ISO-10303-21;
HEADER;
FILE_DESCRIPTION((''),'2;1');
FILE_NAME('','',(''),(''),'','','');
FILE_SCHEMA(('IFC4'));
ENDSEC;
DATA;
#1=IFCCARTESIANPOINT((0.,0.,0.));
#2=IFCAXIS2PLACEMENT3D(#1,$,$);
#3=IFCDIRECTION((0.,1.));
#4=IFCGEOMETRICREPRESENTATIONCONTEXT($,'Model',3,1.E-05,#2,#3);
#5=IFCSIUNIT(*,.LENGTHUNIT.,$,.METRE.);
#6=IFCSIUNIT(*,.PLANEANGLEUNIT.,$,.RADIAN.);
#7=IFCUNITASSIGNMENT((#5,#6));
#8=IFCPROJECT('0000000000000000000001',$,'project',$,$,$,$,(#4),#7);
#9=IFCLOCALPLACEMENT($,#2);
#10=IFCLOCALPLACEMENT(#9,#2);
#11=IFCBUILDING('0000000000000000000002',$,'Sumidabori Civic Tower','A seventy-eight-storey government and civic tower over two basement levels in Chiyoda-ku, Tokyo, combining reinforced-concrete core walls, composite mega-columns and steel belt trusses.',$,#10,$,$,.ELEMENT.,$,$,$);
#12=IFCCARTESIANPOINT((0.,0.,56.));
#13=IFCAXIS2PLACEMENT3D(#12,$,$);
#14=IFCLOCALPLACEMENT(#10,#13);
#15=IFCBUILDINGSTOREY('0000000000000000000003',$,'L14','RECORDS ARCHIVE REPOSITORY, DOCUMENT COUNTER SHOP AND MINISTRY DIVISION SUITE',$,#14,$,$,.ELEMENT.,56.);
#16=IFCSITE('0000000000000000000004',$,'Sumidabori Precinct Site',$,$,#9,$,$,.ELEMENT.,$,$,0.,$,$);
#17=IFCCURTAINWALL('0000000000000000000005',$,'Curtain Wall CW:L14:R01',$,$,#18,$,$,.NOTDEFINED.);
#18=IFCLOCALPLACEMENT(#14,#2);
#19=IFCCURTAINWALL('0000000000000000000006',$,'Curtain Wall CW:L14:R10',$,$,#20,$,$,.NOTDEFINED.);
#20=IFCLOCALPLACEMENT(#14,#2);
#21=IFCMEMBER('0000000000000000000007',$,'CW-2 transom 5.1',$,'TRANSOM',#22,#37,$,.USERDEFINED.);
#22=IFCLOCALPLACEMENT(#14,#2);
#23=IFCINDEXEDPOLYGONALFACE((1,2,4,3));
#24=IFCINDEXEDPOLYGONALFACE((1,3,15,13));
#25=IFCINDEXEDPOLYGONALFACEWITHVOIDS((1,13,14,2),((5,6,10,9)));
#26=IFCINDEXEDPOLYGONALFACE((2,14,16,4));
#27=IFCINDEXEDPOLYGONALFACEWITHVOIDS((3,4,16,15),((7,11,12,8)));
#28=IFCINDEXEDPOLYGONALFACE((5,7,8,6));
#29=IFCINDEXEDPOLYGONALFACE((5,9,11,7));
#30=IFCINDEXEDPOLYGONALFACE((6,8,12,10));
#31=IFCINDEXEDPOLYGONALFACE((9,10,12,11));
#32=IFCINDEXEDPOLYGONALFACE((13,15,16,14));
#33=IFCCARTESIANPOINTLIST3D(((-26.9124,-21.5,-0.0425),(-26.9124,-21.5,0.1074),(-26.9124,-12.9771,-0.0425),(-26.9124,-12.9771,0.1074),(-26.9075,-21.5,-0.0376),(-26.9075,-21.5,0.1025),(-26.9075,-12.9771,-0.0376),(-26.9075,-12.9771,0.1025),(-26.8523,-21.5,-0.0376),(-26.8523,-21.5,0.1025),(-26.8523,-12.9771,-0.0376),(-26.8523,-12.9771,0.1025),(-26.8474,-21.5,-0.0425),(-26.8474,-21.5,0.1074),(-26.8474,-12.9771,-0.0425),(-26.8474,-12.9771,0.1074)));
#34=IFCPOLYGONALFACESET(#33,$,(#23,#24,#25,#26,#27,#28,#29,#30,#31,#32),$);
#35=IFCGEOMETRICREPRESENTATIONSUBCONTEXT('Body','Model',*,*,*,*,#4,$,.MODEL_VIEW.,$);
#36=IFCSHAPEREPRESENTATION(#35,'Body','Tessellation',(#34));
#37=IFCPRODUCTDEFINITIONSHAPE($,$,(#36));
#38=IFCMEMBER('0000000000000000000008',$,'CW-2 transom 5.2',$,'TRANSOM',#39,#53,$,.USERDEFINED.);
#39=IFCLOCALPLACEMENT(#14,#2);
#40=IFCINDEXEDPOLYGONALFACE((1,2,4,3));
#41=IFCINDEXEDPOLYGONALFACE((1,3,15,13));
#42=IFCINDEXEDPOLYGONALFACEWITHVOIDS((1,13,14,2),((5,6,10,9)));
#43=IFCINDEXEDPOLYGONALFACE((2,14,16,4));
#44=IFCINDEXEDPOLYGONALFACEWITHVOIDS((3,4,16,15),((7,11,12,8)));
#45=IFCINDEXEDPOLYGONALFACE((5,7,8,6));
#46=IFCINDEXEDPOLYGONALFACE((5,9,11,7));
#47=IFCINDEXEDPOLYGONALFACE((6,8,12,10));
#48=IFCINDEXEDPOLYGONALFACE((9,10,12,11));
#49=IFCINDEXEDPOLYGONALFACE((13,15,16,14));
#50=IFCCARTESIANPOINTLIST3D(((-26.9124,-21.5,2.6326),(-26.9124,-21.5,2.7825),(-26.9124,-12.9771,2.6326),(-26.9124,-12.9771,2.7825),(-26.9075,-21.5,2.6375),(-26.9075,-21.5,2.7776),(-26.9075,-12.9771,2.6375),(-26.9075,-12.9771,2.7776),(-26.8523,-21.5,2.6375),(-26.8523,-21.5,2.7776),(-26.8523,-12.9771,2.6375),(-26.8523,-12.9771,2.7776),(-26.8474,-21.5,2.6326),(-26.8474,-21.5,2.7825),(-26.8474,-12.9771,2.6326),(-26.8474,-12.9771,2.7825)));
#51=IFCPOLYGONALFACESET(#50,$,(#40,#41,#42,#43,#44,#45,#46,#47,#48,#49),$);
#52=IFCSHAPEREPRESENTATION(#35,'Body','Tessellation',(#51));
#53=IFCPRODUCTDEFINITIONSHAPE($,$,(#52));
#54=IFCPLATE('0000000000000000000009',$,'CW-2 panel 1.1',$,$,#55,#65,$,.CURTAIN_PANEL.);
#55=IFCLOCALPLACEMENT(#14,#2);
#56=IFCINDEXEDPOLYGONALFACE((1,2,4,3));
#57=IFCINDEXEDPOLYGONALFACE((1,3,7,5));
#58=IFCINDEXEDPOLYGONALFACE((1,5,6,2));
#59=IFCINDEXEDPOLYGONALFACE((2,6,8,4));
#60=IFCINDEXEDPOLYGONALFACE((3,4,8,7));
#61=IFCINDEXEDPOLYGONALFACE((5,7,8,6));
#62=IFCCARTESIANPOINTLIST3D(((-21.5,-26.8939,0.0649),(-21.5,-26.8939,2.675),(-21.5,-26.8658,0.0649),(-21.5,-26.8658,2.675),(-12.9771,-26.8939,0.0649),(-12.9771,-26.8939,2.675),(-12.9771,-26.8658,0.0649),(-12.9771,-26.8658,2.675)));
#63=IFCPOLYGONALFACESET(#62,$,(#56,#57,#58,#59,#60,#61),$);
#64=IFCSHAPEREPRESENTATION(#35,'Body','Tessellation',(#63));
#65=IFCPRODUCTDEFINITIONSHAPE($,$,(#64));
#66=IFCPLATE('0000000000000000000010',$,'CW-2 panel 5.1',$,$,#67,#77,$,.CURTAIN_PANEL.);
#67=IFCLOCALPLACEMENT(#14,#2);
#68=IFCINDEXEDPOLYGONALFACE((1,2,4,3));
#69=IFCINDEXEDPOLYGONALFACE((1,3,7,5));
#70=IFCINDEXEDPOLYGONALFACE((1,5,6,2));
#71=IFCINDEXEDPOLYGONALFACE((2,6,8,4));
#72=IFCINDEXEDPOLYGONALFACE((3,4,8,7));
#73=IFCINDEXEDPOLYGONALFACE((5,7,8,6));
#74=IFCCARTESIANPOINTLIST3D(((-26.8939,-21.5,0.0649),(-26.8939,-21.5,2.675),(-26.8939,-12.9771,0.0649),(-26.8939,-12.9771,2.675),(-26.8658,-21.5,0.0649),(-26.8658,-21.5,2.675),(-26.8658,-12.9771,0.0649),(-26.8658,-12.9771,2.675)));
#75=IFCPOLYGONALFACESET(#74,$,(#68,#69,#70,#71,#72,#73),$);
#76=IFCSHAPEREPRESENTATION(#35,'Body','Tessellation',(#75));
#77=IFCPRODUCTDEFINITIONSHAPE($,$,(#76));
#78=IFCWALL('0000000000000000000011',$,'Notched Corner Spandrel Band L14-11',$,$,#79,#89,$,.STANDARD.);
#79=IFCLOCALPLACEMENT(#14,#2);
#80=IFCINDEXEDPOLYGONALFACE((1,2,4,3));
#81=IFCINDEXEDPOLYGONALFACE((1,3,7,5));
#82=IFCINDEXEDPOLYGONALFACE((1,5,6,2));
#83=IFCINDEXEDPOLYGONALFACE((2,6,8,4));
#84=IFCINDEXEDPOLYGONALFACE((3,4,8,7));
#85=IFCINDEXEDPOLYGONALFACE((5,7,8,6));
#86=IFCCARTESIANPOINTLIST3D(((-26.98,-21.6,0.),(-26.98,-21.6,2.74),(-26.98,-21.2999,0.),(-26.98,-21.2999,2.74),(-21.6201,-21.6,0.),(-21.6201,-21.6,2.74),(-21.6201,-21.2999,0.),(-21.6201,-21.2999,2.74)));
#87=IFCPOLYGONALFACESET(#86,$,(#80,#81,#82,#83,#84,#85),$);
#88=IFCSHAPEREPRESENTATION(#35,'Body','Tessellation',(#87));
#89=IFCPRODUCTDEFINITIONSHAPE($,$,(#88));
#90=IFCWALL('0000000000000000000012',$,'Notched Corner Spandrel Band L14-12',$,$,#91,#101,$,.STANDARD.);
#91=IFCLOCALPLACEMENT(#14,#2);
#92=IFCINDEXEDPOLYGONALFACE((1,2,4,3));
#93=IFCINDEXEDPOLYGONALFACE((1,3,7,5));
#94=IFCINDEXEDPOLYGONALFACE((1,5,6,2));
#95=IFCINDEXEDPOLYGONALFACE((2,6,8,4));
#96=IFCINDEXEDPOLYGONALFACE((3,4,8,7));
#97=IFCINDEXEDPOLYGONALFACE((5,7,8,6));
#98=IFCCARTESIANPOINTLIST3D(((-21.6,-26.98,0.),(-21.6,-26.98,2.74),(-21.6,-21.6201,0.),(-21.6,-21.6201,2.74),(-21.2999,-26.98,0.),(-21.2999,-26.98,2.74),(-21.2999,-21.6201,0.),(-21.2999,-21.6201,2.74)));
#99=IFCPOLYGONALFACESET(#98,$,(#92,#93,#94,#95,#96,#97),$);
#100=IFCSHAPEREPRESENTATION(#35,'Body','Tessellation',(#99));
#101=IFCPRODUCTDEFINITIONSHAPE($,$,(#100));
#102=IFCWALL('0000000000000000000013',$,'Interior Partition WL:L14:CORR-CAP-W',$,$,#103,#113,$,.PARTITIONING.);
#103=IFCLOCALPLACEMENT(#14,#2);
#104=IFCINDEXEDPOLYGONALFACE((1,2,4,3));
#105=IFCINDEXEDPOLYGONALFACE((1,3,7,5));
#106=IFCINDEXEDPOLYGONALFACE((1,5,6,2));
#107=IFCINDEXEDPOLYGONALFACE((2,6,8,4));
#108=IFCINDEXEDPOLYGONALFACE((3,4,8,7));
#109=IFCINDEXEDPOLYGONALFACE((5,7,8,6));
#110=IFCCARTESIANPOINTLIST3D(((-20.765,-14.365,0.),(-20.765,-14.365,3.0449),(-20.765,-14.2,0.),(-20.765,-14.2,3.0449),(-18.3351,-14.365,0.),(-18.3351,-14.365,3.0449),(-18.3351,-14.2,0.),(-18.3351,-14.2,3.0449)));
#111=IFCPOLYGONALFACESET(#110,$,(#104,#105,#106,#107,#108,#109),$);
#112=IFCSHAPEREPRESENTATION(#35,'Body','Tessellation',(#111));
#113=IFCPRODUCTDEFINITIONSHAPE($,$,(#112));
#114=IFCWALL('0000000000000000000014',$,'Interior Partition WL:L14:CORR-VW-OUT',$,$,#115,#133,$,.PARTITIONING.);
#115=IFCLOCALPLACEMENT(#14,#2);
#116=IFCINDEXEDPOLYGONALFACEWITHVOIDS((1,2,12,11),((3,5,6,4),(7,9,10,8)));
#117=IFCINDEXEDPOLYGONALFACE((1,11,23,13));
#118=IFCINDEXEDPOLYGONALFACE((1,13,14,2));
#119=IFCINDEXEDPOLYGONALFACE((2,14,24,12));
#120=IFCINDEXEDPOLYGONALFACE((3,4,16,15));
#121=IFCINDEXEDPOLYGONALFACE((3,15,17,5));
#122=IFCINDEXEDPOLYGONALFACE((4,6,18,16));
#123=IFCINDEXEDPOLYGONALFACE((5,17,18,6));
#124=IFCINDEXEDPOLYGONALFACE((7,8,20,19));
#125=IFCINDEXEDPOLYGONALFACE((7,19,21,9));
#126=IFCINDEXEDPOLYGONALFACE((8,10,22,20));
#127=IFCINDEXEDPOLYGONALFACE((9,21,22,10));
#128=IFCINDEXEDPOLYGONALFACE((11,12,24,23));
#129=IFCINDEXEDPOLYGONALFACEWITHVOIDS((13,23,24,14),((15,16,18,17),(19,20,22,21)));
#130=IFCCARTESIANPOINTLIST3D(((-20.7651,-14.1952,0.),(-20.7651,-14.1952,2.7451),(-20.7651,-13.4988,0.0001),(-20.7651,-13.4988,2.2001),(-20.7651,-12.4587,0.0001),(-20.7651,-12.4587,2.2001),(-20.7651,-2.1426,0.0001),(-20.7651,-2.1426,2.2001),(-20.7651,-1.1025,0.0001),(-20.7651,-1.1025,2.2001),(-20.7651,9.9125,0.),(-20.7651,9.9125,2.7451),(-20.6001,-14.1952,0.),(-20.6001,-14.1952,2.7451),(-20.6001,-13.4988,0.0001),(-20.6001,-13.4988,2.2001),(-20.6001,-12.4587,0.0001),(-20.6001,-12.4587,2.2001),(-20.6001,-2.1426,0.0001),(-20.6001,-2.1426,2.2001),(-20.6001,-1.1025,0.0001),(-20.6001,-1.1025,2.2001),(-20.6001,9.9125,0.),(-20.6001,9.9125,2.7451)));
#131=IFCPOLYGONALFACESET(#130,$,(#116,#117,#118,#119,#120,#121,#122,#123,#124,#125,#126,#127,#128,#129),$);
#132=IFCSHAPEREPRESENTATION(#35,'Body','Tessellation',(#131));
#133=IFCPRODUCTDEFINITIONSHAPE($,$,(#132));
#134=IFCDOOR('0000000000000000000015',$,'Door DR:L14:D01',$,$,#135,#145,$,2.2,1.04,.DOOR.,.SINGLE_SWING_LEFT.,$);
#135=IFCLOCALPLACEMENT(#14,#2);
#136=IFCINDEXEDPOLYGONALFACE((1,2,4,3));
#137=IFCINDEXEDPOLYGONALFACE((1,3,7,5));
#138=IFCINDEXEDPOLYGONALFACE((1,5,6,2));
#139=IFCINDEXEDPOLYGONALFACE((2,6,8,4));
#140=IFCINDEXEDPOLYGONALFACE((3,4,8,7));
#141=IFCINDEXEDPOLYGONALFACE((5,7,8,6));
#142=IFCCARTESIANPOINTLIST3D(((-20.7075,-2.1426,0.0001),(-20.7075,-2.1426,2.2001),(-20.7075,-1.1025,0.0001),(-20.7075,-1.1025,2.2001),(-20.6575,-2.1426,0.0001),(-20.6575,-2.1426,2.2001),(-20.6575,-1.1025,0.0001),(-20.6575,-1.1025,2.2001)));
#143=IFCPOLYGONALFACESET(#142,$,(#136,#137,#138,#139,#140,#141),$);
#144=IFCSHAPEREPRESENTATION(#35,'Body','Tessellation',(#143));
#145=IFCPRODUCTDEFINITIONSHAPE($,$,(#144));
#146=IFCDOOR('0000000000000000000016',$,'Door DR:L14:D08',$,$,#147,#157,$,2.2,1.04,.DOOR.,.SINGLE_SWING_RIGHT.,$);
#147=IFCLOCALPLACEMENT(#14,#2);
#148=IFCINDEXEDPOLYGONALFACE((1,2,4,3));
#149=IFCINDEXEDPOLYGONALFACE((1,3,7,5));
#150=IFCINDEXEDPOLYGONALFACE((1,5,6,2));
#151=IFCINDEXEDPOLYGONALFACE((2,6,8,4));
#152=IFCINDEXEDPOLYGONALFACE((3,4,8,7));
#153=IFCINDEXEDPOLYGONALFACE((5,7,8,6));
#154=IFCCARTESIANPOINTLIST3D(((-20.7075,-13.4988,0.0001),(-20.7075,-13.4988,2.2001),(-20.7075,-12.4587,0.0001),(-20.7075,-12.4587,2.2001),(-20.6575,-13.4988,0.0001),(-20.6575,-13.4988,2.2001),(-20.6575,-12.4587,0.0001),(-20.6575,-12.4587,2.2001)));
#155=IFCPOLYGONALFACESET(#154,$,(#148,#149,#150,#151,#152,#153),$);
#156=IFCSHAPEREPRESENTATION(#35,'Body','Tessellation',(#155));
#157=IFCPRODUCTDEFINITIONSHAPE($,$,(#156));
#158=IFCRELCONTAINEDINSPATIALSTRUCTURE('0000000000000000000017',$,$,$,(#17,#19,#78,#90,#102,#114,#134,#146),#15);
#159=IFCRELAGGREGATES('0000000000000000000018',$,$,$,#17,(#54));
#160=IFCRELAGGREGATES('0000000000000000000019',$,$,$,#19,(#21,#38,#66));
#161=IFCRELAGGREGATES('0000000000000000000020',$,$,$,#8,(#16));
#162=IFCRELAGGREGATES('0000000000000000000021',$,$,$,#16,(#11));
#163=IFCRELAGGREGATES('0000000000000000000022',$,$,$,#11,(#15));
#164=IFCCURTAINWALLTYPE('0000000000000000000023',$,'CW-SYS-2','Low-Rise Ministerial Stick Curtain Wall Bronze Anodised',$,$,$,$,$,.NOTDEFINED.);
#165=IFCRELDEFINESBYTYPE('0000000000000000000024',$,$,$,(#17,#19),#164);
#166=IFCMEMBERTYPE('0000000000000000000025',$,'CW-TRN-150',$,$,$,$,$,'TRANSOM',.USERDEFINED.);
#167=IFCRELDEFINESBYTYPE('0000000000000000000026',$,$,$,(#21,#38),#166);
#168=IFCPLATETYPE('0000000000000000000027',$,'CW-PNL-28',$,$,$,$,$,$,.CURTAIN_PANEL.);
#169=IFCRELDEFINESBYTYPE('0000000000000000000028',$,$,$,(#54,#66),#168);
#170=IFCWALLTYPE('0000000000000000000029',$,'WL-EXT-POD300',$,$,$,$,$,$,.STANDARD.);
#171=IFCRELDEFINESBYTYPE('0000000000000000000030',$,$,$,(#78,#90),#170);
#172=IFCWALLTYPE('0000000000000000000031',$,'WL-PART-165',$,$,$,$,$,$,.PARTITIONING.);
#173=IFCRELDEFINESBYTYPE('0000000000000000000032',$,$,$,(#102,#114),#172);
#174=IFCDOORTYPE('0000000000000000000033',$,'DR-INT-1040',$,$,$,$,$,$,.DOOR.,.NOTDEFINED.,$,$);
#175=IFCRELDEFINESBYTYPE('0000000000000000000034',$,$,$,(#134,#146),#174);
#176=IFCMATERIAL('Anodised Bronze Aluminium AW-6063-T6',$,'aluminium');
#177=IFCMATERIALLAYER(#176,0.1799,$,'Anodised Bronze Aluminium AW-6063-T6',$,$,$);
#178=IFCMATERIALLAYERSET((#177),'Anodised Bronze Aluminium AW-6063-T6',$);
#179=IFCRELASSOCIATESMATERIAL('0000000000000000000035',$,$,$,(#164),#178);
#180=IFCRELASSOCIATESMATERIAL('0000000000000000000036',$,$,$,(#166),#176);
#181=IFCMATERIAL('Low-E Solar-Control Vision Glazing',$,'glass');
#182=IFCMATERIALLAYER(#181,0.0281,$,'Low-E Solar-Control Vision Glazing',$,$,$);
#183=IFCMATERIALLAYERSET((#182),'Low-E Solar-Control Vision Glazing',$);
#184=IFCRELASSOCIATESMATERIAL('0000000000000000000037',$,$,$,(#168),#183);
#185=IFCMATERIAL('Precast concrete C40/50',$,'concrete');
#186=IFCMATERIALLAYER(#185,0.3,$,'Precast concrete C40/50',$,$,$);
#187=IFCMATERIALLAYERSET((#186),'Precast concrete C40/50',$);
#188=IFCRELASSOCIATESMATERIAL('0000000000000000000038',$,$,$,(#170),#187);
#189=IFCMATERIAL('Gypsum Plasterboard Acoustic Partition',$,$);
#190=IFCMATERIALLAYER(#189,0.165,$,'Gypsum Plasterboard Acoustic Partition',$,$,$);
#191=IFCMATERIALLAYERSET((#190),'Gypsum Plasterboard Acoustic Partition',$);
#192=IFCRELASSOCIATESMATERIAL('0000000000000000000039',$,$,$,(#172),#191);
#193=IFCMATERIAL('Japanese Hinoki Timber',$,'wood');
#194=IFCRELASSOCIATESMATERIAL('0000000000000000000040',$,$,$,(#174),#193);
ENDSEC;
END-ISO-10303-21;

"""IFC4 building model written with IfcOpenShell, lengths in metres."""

from ifc_helpers import new_model, si_unit, direction, frame, frame_2d, origin, origin_2d, place, context, subcontext, project, spatial, rectangle, hollow_rectangle, extrude, source, transform, mapped, material, layer, layer_set, material_profile, profile_set, type_object, element, fill, aggregate, save


model = new_model("IFC4")

# Units and contexts
model_context = context("Model", 3, precision=1e-05, world=origin(), true_north=direction((0.0, 1.0)))
body_context = subcontext(model_context, "Body", "Model", "MODEL_VIEW")
ifc_project = project(units=[si_unit("LENGTHUNIT", "METRE"), si_unit("PLANEANGLEUNIT", "RADIAN")], contexts=[model_context])

# Site, building, storey
site_placement = place(None, origin())
site = spatial("IfcSite", under=ifc_project, at=site_placement, Name="Sumidabori Precinct Site", CompositionType="ELEMENT", RefElevation=0.0)
building_placement = place(site_placement, origin())
building = spatial("IfcBuilding", under=site, at=building_placement, Name="Sumidabori Civic Tower", Description="A seventy-eight-storey government and civic tower over two basement levels in Chiyoda-ku, Tokyo, combining reinforced-concrete core walls, composite mega-columns and steel belt trusses.", CompositionType="ELEMENT")
storey_placement = place(building_placement, frame((0.0, 0.0, 56.0)))
storey = spatial("IfcBuildingStorey", under=building, at=storey_placement, Name="L14", Description="RECORDS ARCHIVE REPOSITORY, DOCUMENT COUNTER SHOP AND MINISTRY DIVISION SUITE", CompositionType="ELEMENT", Elevation=56.0)

# Curtain walls
ifc_material_1 = material(Name="Anodised Bronze Aluminium AW-6063-T6", Category="aluminium")
ifc_layer_1 = layer(ifc_material_1, 0.1799, Name="Anodised Bronze Aluminium AW-6063-T6")
ifc_layer_set_1 = layer_set([ifc_layer_1], Name="Anodised Bronze Aluminium AW-6063-T6")
curtain_wall_type = type_object("IfcCurtainWallType", Name="CW-SYS-2", Description="Low-Rise Ministerial Stick Curtain Wall Bronze Anodised", PredefinedType="NOTDEFINED", material=ifc_layer_set_1)
curtain_wall_1_placement = place(storey_placement, origin())
curtain_wall_1 = element("IfcCurtainWall", 1, at=curtain_wall_1_placement, inside=storey, type_object=curtain_wall_type, Name="Curtain Wall CW:L14:R01", PredefinedType="NOTDEFINED")
curtain_wall_2_placement = place(storey_placement, origin())
curtain_wall_2 = element("IfcCurtainWall", 2, at=curtain_wall_2_placement, inside=storey, type_object=curtain_wall_type, Name="Curtain Wall CW:L14:R10", PredefinedType="NOTDEFINED")

# Members
ifc_material_profile_1 = material_profile(ifc_material_1, hollow_rectangle(XDim=0.0649, YDim=0.1499, WallThickness=0.0049, at=origin_2d()), Name="ALU TRANSOM 150x65")
ifc_profile_set_1 = profile_set([ifc_material_profile_1], Name="Anodised Bronze Aluminium AW-6063-T6")
member_type_1 = type_object("IfcMemberType", Name="CW-TRN-150", ElementType="TRANSOM", PredefinedType="USERDEFINED", material=ifc_profile_set_1)
shared_shape_1 = source(origin(), body_context, "Body", "SweptSolid", [
    extrude(hollow_rectangle(XDim=0.0649, YDim=0.1499, WallThickness=0.0049, at=origin_2d()), origin(), (0.0, 0.0, 1.0), 8.5229),
])
member_1_placement = place(storey_placement, frame((-26.8799, -12.9771, 0.0325), z_axis=(0.0, -1.0, 0.0), x_axis=(1.0, 0.0, 0.0)))
member_1 = element("IfcMember", 3, at=member_1_placement, type_object=member_type_1, Name="CW-2 transom 5.1", ObjectType="TRANSOM", PredefinedType="USERDEFINED", context=body_context, shape_type="MappedRepresentation", body=[
    mapped(shared_shape_1, transform((0.0, 0.0, 0.0), x_axis=(1.0, 0.0, 0.0), y_axis=(0.0, 1.0, 0.0), z_axis=(0.0, 0.0, 1.0), scale=1.0)),
])
member_2_placement = place(storey_placement, frame((-26.8799, -12.9771, 2.7075), z_axis=(0.0, -1.0, 0.0), x_axis=(1.0, 0.0, 0.0)))
member_2 = element("IfcMember", 4, at=member_2_placement, type_object=member_type_1, Name="CW-2 transom 5.2", ObjectType="TRANSOM", PredefinedType="USERDEFINED", context=body_context, shape_type="MappedRepresentation", body=[
    mapped(shared_shape_1, transform((0.0, 0.0, 0.0), x_axis=(1.0, 0.0, 0.0), y_axis=(0.0, 1.0, 0.0), z_axis=(0.0, 0.0, 1.0), scale=1.0)),
])

# Plates
ifc_material_2 = material(Name="Low-E Solar-Control Vision Glazing", Category="glass")
ifc_layer_2 = layer(ifc_material_2, 0.0281, Name="Low-E Solar-Control Vision Glazing")
ifc_layer_set_2 = layer_set([ifc_layer_2], Name="Low-E Solar-Control Vision Glazing")
plate_type = type_object("IfcPlateType", Name="CW-PNL-28", PredefinedType="CURTAIN_PANEL", material=ifc_layer_set_2)
shared_shape_2 = source(origin(), body_context, "Body", "SweptSolid", [
    extrude(rectangle(XDim=8.5229, YDim=0.0281, at=origin_2d()), origin(), (0.0, 0.0, 1.0), 2.6101),
])
plate_1_placement = place(storey_placement, frame((-17.2385, -26.8799, 0.0649), z_axis=(0.0, 0.0, 1.0), x_axis=(1.0, 0.0, 0.0)))
plate_1 = element("IfcPlate", 5, at=plate_1_placement, type_object=plate_type, Name="CW-2 panel 1.1", PredefinedType="CURTAIN_PANEL", context=body_context, shape_type="MappedRepresentation", body=[
    mapped(shared_shape_2, transform((0.0, 0.0, 0.0), x_axis=(1.0, 0.0, 0.0), y_axis=(0.0, 1.0, 0.0), z_axis=(0.0, 0.0, 1.0), scale=1.0)),
])
aggregate(curtain_wall_1, [plate_1])
plate_2_placement = place(storey_placement, frame((-26.8799, -17.2385, 0.0649), z_axis=(0.0, 0.0, 1.0), x_axis=(0.0, -1.0, 0.0)))
plate_2 = element("IfcPlate", 6, at=plate_2_placement, type_object=plate_type, Name="CW-2 panel 5.1", PredefinedType="CURTAIN_PANEL", context=body_context, shape_type="MappedRepresentation", body=[
    mapped(shared_shape_2, transform((0.0, 0.0, 0.0), x_axis=(1.0, 0.0, 0.0), y_axis=(0.0, 1.0, 0.0), z_axis=(0.0, 0.0, 1.0), scale=1.0)),
])
aggregate(curtain_wall_2, [member_1, member_2, plate_2])

# Walls
ifc_material_3 = material(Name="Precast concrete C40/50", Category="concrete")
ifc_layer_3 = layer(ifc_material_3, 0.3, Name="Precast concrete C40/50")
ifc_layer_set_3 = layer_set([ifc_layer_3], Name="Precast concrete C40/50")
wall_type_1 = type_object("IfcWallType", Name="WL-EXT-POD300", PredefinedType="STANDARD", material=ifc_layer_set_3)
shared_shape_3 = source(origin(), body_context, "Body", "SweptSolid", [
    extrude(rectangle(XDim=5.3599, YDim=0.3, at=frame_2d((2.6799, 0.0))), origin(), (0.0, 0.0, 1.0), 2.74),
])
for number, where, z_axis, x_axis, name in (
    (7, (-26.98, -21.45, 0.0), (0.0, 0.0, 1.0), (1.0, 0.0, 0.0), "Notched Corner Spandrel Band L14-11"),
    (8, (-21.45, -21.6201, 0.0), (0.0, 0.0, 1.0), (0.0, -1.0, 0.0), "Notched Corner Spandrel Band L14-12"),
):
    element("IfcWall", number, at=place(storey_placement, frame(where, z_axis=z_axis, x_axis=x_axis)), inside=storey, type_object=wall_type_1, Name=name, PredefinedType="STANDARD", context=body_context, shape_type="MappedRepresentation", body=[
        mapped(shared_shape_3, transform((0.0, 0.0, 0.0), x_axis=(1.0, 0.0, 0.0), y_axis=(0.0, 1.0, 0.0), z_axis=(0.0, 0.0, 1.0), scale=1.0)),
    ])
ifc_material_4 = material(Name="Gypsum Plasterboard Acoustic Partition")
ifc_layer_4 = layer(ifc_material_4, 0.165, Name="Gypsum Plasterboard Acoustic Partition")
ifc_layer_set_4 = layer_set([ifc_layer_4], Name="Gypsum Plasterboard Acoustic Partition")
wall_type_2 = type_object("IfcWallType", Name="WL-PART-165", PredefinedType="PARTITIONING", material=ifc_layer_set_4)
shared_shape_4 = source(origin(), body_context, "Body", "SweptSolid", [
    extrude(rectangle(XDim=2.4299, YDim=0.165, at=frame_2d((1.2148, 0.0))), origin(), (0.0, 0.0, 1.0), 3.0449),
])
wall_1_placement = place(storey_placement, frame((-20.7649, -14.2825, 0.0), z_axis=(0.0, 0.0, 1.0), x_axis=(1.0, 0.0, 0.0)))
element("IfcWall", 9, at=wall_1_placement, inside=storey, type_object=wall_type_2, Name="Interior Partition WL:L14:CORR-CAP-W", PredefinedType="PARTITIONING", context=body_context, shape_type="MappedRepresentation", body=[
    mapped(shared_shape_4, transform((0.0, 0.0, 0.0), x_axis=(1.0, 0.0, 0.0), y_axis=(0.0, 1.0, 0.0), z_axis=(0.0, 0.0, 1.0), scale=1.0)),
])

# Wall, openings, doors
shared_shape_5 = source(origin(), body_context, "Body", "SweptSolid", [
    extrude(rectangle(XDim=24.1077, YDim=0.165, at=frame_2d((12.0537, 0.0))), origin(), (0.0, 0.0, 1.0), 2.7451),
])
wall_2_placement = place(storey_placement, frame((-20.6826, -14.1951, 0.0), z_axis=(0.0, 0.0, 1.0), x_axis=(0.0, 1.0, 0.0)))
wall_2 = element("IfcWall", 10, at=wall_2_placement, inside=storey, type_object=wall_type_2, Name="Interior Partition WL:L14:CORR-VW-OUT", PredefinedType="PARTITIONING", context=body_context, shape_type="MappedRepresentation", body=[
    mapped(shared_shape_5, transform((0.0, 0.0, 0.0), x_axis=(1.0, 0.0, 0.0), y_axis=(0.0, 1.0, 0.0), z_axis=(0.0, 0.0, 1.0), scale=1.0)),
])
opening_1_placement = place(wall_2_placement, frame((12.0525, 0.0, 0.0)))
opening_1 = element("IfcOpeningElement", 11, at=opening_1_placement, cuts=wall_2, PredefinedType="OPENING", context=body_context, shape_type="SweptSolid", body=[
    extrude(rectangle(XDim=1.04, YDim=2.2, at=frame_2d((0.52, 1.1001))), frame((0.0, 0.0945, 0.0), z_axis=(0.0, -1.0, 0.0), x_axis=(1.0, 0.0, 0.0)), (0.0, 0.0, 1.0), 0.189),
])
opening_2_placement = place(wall_2_placement, frame((0.6963, 0.0, 0.0)))
opening_2 = element("IfcOpeningElement", 12, at=opening_2_placement, cuts=wall_2, PredefinedType="OPENING", context=body_context, shape_type="SweptSolid", body=[
    extrude(rectangle(XDim=1.04, YDim=2.2, at=frame_2d((0.52, 1.1001))), frame((0.0, 0.0945, 0.0), z_axis=(0.0, -1.0, 0.0), x_axis=(1.0, 0.0, 0.0)), (0.0, 0.0, 1.0), 0.189),
])
ifc_material_5 = material(Name="Japanese Hinoki Timber", Category="wood")
door_type = type_object("IfcDoorType", Name="DR-INT-1040", OperationType="NOTDEFINED", PredefinedType="DOOR", material=ifc_material_5)
shared_shape_6 = source(origin(), body_context, "Body", "SweptSolid", [
    extrude(rectangle(XDim=1.04, YDim=2.2, at=frame_2d((0.52, 1.1001))), frame((0.0, 0.0249, 0.0), z_axis=(0.0, -1.0, 0.0), x_axis=(1.0, 0.0, 0.0)), (0.0, 0.0, 1.0), 0.05),
])
door_1_placement = place(opening_1_placement, origin())
door_1 = element("IfcDoor", 13, at=door_1_placement, inside=storey, type_object=door_type, Name="Door DR:L14:D01", OperationType="SINGLE_SWING_LEFT", OverallHeight=2.2, OverallWidth=1.04, PredefinedType="DOOR", context=body_context, shape_type="MappedRepresentation", body=[
    mapped(shared_shape_6, transform((0.0, 0.0, 0.0), x_axis=(1.0, 0.0, 0.0), y_axis=(0.0, 1.0, 0.0), z_axis=(0.0, 0.0, 1.0), scale=1.0)),
])
fill(opening_1, door_1)
door_2_placement = place(opening_2_placement, origin())
door_2 = element("IfcDoor", 14, at=door_2_placement, inside=storey, type_object=door_type, Name="Door DR:L14:D08", OperationType="SINGLE_SWING_RIGHT", OverallHeight=2.2, OverallWidth=1.04, PredefinedType="DOOR", context=body_context, shape_type="MappedRepresentation", body=[
    mapped(shared_shape_6, transform((0.0, 0.0, 0.0), x_axis=(1.0, 0.0, 0.0), y_axis=(0.0, 1.0, 0.0), z_axis=(0.0, 0.0, 1.0), scale=1.0)),
])
fill(opening_2, door_2)

save(model, "model.ifc")
